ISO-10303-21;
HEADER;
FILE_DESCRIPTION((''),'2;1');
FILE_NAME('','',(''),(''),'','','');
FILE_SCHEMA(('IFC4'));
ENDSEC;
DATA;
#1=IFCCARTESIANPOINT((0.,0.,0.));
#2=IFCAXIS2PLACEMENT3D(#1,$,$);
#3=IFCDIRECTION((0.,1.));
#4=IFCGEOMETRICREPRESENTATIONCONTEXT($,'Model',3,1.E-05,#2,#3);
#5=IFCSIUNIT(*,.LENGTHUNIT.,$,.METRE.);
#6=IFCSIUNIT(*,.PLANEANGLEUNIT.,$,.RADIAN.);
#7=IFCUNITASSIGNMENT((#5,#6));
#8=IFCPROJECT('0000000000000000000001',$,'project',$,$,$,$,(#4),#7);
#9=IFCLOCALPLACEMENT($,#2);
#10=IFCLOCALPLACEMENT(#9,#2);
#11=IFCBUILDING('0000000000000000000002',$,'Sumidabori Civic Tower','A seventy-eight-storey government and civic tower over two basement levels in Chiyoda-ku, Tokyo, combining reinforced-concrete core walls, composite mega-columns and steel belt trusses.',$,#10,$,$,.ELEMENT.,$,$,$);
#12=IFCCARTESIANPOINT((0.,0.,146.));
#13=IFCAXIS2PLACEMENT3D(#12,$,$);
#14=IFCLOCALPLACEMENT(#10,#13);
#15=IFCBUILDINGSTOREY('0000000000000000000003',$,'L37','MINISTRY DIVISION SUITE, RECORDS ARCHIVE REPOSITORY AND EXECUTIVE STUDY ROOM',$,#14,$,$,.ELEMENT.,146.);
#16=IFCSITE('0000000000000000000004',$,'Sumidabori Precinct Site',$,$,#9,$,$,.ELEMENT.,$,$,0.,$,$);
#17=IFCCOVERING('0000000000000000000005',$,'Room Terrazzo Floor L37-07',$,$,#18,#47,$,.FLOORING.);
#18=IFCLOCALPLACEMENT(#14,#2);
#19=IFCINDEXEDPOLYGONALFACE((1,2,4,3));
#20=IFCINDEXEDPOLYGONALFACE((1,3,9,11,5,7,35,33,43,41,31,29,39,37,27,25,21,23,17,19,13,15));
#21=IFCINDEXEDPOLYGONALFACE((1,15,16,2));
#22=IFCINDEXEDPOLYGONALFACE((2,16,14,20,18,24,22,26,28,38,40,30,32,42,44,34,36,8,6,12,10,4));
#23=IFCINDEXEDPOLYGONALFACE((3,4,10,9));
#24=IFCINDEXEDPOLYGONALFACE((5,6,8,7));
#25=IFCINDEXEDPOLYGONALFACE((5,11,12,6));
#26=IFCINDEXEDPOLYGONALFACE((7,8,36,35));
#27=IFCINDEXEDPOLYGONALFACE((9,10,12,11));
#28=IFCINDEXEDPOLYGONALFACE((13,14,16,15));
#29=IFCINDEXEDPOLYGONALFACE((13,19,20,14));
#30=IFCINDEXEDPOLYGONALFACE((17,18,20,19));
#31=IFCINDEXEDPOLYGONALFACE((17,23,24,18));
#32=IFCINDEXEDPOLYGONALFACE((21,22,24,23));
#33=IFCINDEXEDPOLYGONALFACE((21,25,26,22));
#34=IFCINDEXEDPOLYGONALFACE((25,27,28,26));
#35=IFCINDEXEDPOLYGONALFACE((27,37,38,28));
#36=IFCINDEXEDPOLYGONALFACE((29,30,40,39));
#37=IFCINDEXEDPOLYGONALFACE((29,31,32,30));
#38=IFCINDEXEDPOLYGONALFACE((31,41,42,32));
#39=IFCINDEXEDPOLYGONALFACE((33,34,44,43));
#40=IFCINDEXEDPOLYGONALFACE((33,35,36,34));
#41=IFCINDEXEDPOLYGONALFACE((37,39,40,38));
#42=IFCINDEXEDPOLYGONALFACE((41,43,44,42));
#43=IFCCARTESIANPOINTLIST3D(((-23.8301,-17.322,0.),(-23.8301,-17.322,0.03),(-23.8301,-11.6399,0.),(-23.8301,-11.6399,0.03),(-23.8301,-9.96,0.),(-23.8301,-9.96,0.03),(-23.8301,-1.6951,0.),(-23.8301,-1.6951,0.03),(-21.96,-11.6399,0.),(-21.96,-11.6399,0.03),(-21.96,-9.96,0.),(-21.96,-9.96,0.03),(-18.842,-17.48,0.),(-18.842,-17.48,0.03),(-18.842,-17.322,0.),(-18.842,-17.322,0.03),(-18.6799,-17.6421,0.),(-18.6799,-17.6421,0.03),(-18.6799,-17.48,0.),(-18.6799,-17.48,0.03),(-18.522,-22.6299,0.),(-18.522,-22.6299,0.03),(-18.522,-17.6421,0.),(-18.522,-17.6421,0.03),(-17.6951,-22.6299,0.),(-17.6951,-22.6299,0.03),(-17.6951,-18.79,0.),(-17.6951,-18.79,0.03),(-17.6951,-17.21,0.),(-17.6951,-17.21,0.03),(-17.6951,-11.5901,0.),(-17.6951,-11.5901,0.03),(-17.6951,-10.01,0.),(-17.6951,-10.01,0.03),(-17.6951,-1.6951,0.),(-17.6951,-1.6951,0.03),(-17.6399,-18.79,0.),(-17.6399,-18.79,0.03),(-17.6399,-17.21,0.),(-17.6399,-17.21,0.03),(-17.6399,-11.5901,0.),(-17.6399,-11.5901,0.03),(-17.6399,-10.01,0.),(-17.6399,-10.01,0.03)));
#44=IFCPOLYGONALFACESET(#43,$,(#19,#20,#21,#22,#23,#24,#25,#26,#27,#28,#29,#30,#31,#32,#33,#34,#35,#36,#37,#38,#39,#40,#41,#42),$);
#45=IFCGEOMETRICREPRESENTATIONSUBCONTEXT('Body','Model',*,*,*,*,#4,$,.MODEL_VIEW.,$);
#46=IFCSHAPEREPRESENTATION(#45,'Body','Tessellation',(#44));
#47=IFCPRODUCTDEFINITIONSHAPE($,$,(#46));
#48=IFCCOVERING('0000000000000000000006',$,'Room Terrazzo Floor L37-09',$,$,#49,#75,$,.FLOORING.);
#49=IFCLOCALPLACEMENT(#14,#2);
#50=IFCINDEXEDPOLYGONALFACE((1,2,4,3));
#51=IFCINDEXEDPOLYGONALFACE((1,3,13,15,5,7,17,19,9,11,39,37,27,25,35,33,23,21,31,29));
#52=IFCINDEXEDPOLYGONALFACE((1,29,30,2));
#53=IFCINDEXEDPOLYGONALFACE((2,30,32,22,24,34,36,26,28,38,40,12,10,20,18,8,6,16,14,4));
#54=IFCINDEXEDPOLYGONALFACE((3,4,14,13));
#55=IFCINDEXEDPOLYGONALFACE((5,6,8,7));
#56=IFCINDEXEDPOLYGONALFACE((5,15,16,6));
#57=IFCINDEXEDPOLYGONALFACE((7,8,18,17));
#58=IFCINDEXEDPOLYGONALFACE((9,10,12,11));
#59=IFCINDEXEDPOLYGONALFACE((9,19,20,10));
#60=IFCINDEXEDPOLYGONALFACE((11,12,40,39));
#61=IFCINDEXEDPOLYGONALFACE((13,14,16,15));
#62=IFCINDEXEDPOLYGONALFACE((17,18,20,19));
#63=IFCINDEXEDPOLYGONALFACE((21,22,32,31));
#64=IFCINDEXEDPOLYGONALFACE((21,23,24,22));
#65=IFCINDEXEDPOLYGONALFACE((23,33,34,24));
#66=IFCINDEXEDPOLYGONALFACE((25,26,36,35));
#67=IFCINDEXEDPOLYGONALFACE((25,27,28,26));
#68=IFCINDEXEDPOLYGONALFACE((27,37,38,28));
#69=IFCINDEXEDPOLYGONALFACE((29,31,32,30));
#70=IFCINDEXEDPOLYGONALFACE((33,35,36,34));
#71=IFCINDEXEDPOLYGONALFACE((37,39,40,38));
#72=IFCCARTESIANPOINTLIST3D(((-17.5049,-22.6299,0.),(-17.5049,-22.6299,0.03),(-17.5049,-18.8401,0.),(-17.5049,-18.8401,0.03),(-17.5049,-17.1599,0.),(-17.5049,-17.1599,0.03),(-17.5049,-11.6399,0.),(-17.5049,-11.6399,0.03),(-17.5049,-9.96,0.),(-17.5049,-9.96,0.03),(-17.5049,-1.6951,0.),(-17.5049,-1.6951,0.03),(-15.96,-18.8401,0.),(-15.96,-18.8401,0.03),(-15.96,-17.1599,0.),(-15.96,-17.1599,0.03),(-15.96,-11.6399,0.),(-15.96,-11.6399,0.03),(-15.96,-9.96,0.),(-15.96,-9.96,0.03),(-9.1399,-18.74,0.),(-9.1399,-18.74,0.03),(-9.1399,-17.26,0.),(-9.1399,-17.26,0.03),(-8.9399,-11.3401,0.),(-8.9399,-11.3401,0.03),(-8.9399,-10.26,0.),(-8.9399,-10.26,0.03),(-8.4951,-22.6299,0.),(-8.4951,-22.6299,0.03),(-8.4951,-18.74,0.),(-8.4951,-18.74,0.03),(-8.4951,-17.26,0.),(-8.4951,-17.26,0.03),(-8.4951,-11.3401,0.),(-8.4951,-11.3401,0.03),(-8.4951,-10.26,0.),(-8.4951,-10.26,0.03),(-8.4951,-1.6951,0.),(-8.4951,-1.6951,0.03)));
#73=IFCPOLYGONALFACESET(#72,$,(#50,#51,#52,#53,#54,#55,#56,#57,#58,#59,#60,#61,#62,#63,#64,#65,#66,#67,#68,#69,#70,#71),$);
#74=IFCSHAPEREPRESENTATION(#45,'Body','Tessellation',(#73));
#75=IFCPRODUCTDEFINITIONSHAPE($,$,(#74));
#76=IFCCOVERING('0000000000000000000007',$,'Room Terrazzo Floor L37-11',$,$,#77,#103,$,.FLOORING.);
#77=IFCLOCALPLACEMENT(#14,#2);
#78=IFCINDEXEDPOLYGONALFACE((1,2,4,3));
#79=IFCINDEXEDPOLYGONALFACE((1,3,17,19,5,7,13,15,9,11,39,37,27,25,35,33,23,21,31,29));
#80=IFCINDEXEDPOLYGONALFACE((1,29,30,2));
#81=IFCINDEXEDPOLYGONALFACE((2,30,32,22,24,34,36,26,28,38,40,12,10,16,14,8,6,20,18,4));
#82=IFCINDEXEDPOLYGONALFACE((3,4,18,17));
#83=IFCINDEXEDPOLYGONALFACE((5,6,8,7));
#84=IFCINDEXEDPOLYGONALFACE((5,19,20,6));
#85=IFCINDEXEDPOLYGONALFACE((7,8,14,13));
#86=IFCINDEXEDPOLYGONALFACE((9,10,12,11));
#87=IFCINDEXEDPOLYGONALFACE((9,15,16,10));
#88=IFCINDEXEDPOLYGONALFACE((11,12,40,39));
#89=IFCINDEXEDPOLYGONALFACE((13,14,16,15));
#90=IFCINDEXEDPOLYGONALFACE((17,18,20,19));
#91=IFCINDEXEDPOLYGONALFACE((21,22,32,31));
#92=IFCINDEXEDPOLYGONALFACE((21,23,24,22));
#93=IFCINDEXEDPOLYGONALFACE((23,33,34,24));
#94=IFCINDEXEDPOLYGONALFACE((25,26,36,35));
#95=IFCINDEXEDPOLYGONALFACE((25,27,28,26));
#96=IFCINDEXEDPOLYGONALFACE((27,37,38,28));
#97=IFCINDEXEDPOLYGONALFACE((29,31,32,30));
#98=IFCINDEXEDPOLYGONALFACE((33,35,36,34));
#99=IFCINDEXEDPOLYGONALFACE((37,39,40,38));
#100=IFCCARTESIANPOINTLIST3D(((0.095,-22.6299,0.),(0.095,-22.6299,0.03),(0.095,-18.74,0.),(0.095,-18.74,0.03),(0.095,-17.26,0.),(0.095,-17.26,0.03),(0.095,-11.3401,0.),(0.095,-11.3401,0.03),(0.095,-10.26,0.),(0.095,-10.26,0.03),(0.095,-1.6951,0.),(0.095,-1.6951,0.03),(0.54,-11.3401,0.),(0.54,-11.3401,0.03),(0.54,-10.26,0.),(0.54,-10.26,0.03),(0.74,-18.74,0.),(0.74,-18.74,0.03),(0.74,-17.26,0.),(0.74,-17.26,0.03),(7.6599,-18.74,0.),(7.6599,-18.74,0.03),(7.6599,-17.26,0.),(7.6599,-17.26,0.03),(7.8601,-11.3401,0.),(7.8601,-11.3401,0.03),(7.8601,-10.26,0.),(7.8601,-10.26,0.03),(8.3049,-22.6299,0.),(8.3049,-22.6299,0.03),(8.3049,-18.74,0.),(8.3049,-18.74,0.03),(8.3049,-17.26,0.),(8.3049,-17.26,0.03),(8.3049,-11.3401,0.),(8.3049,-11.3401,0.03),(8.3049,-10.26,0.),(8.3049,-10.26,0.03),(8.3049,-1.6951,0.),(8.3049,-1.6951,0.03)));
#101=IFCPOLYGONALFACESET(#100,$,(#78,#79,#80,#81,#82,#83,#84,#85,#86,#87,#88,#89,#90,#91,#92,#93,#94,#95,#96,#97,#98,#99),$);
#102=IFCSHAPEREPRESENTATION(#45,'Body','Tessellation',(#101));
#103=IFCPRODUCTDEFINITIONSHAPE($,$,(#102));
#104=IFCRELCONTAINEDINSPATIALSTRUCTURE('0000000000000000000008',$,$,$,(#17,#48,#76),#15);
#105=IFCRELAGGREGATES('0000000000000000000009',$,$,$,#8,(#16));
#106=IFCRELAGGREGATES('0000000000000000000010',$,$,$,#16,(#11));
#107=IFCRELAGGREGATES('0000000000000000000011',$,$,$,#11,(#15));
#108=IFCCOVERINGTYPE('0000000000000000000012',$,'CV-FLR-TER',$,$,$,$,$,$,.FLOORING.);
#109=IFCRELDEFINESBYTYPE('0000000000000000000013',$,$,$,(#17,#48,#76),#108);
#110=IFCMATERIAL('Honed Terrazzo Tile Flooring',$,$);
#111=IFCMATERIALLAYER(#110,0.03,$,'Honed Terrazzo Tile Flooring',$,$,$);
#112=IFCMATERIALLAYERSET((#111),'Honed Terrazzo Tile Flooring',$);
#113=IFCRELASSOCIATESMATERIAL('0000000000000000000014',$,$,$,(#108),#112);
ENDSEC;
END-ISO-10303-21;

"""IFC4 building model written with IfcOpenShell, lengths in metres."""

from ifc_helpers import new_model, si_unit, direction, frame, origin, place, context, subcontext, project, spatial, polyline, outline, extrude, material, layer, layer_set, type_object, element, save


model = new_model("IFC4")

# Units and contexts
model_context = context("Model", 3, precision=1e-05, world=origin(), true_north=direction((0.0, 1.0)))
body_context = subcontext(model_context, "Body", "Model", "MODEL_VIEW")
ifc_project = project(units=[si_unit("LENGTHUNIT", "METRE"), si_unit("PLANEANGLEUNIT", "RADIAN")], contexts=[model_context])

# Site, building, storey
site_placement = place(None, origin())
site = spatial("IfcSite", under=ifc_project, at=site_placement, Name="Sumidabori Precinct Site", CompositionType="ELEMENT", RefElevation=0.0)
building_placement = place(site_placement, origin())
building = spatial("IfcBuilding", under=site, at=building_placement, Name="Sumidabori Civic Tower", Description="A seventy-eight-storey government and civic tower over two basement levels in Chiyoda-ku, Tokyo, combining reinforced-concrete core walls, composite mega-columns and steel belt trusses.", CompositionType="ELEMENT")
storey_placement = place(building_placement, frame((0.0, 0.0, 146.0)))
storey = spatial("IfcBuildingStorey", under=building, at=storey_placement, Name="L37", Description="MINISTRY DIVISION SUITE, RECORDS ARCHIVE REPOSITORY AND EXECUTIVE STUDY ROOM", CompositionType="ELEMENT", Elevation=146.0)

# Coverings
ifc_material_1 = material(Name="Honed Terrazzo Tile Flooring")
ifc_layer_1 = layer(ifc_material_1, 0.03, Name="Honed Terrazzo Tile Flooring")
ifc_layer_set_1 = layer_set([ifc_layer_1], Name="Honed Terrazzo Tile Flooring")
covering_type_1 = type_object("IfcCoveringType", Name="CV-FLR-TER", PredefinedType="FLOORING", material=ifc_layer_set_1)
covering_1_placement = place(storey_placement, origin())
element("IfcCovering", 1, at=covering_1_placement, inside=storey, type_object=covering_type_1, Name="Room Terrazzo Floor L37-07", PredefinedType="FLOORING", context=body_context, shape_type="SweptSolid", body=[
    extrude(outline(polyline([(-21.96, -11.6399), (-21.96, -9.96), (-23.8301, -9.96), (-23.8301, -1.6951), (-17.6951, -1.6951), (-17.6951, -10.01), (-17.6399, -10.01), (-17.6399, -11.5901), (-17.6951, -11.5901), (-17.6951, -17.21), (-17.6399, -17.21), (-17.6399, -18.79), (-17.6951, -18.79), (-17.6951, -22.6299), (-18.522, -22.6299), (-18.522, -17.6421), (-18.6799, -17.6421), (-18.6799, -17.48), (-18.842, -17.48), (-18.842, -17.322), (-23.8301, -17.322), (-23.8301, -11.6399), (-21.96, -11.6399)])), origin(), (0.0, 0.0, 1.0), 0.03),
])
covering_2_placement = place(storey_placement, origin())
element("IfcCovering", 2, at=covering_2_placement, inside=storey, type_object=covering_type_1, Name="Room Terrazzo Floor L37-09", PredefinedType="FLOORING", context=body_context, shape_type="SweptSolid", body=[
    extrude(outline(polyline([(-17.5049, -18.8401), (-15.96, -18.8401), (-15.96, -17.1599), (-17.5049, -17.1599), (-17.5049, -11.6399), (-15.96, -11.6399), (-15.96, -9.96), (-17.5049, -9.96), (-17.5049, -1.6951), (-8.4951, -1.6951), (-8.4951, -10.26), (-8.9399, -10.26), (-8.9399, -11.3401), (-8.4951, -11.3401), (-8.4951, -17.26), (-9.1399, -17.26), (-9.1399, -18.74), (-8.4951, -18.74), (-8.4951, -22.6299), (-17.5049, -22.6299), (-17.5049, -18.8401)])), origin(), (0.0, 0.0, 1.0), 0.03),
])
covering_3_placement = place(storey_placement, origin())
element("IfcCovering", 3, at=covering_3_placement, inside=storey, type_object=covering_type_1, Name="Room Terrazzo Floor L37-11", PredefinedType="FLOORING", context=body_context, shape_type="SweptSolid", body=[
    extrude(outline(polyline([(0.095, -18.74), (0.74, -18.74), (0.74, -17.26), (0.095, -17.26), (0.095, -11.3401), (0.54, -11.3401), (0.54, -10.26), (0.095, -10.26), (0.095, -1.6951), (8.3049, -1.6951), (8.3049, -10.26), (7.8601, -10.26), (7.8601, -11.3401), (8.3049, -11.3401), (8.3049, -17.26), (7.6599, -17.26), (7.6599, -18.74), (8.3049, -18.74), (8.3049, -22.6299), (0.095, -22.6299), (0.095, -18.74)])), origin(), (0.0, 0.0, 1.0), 0.03),
])

save(model, "model.ifc")
